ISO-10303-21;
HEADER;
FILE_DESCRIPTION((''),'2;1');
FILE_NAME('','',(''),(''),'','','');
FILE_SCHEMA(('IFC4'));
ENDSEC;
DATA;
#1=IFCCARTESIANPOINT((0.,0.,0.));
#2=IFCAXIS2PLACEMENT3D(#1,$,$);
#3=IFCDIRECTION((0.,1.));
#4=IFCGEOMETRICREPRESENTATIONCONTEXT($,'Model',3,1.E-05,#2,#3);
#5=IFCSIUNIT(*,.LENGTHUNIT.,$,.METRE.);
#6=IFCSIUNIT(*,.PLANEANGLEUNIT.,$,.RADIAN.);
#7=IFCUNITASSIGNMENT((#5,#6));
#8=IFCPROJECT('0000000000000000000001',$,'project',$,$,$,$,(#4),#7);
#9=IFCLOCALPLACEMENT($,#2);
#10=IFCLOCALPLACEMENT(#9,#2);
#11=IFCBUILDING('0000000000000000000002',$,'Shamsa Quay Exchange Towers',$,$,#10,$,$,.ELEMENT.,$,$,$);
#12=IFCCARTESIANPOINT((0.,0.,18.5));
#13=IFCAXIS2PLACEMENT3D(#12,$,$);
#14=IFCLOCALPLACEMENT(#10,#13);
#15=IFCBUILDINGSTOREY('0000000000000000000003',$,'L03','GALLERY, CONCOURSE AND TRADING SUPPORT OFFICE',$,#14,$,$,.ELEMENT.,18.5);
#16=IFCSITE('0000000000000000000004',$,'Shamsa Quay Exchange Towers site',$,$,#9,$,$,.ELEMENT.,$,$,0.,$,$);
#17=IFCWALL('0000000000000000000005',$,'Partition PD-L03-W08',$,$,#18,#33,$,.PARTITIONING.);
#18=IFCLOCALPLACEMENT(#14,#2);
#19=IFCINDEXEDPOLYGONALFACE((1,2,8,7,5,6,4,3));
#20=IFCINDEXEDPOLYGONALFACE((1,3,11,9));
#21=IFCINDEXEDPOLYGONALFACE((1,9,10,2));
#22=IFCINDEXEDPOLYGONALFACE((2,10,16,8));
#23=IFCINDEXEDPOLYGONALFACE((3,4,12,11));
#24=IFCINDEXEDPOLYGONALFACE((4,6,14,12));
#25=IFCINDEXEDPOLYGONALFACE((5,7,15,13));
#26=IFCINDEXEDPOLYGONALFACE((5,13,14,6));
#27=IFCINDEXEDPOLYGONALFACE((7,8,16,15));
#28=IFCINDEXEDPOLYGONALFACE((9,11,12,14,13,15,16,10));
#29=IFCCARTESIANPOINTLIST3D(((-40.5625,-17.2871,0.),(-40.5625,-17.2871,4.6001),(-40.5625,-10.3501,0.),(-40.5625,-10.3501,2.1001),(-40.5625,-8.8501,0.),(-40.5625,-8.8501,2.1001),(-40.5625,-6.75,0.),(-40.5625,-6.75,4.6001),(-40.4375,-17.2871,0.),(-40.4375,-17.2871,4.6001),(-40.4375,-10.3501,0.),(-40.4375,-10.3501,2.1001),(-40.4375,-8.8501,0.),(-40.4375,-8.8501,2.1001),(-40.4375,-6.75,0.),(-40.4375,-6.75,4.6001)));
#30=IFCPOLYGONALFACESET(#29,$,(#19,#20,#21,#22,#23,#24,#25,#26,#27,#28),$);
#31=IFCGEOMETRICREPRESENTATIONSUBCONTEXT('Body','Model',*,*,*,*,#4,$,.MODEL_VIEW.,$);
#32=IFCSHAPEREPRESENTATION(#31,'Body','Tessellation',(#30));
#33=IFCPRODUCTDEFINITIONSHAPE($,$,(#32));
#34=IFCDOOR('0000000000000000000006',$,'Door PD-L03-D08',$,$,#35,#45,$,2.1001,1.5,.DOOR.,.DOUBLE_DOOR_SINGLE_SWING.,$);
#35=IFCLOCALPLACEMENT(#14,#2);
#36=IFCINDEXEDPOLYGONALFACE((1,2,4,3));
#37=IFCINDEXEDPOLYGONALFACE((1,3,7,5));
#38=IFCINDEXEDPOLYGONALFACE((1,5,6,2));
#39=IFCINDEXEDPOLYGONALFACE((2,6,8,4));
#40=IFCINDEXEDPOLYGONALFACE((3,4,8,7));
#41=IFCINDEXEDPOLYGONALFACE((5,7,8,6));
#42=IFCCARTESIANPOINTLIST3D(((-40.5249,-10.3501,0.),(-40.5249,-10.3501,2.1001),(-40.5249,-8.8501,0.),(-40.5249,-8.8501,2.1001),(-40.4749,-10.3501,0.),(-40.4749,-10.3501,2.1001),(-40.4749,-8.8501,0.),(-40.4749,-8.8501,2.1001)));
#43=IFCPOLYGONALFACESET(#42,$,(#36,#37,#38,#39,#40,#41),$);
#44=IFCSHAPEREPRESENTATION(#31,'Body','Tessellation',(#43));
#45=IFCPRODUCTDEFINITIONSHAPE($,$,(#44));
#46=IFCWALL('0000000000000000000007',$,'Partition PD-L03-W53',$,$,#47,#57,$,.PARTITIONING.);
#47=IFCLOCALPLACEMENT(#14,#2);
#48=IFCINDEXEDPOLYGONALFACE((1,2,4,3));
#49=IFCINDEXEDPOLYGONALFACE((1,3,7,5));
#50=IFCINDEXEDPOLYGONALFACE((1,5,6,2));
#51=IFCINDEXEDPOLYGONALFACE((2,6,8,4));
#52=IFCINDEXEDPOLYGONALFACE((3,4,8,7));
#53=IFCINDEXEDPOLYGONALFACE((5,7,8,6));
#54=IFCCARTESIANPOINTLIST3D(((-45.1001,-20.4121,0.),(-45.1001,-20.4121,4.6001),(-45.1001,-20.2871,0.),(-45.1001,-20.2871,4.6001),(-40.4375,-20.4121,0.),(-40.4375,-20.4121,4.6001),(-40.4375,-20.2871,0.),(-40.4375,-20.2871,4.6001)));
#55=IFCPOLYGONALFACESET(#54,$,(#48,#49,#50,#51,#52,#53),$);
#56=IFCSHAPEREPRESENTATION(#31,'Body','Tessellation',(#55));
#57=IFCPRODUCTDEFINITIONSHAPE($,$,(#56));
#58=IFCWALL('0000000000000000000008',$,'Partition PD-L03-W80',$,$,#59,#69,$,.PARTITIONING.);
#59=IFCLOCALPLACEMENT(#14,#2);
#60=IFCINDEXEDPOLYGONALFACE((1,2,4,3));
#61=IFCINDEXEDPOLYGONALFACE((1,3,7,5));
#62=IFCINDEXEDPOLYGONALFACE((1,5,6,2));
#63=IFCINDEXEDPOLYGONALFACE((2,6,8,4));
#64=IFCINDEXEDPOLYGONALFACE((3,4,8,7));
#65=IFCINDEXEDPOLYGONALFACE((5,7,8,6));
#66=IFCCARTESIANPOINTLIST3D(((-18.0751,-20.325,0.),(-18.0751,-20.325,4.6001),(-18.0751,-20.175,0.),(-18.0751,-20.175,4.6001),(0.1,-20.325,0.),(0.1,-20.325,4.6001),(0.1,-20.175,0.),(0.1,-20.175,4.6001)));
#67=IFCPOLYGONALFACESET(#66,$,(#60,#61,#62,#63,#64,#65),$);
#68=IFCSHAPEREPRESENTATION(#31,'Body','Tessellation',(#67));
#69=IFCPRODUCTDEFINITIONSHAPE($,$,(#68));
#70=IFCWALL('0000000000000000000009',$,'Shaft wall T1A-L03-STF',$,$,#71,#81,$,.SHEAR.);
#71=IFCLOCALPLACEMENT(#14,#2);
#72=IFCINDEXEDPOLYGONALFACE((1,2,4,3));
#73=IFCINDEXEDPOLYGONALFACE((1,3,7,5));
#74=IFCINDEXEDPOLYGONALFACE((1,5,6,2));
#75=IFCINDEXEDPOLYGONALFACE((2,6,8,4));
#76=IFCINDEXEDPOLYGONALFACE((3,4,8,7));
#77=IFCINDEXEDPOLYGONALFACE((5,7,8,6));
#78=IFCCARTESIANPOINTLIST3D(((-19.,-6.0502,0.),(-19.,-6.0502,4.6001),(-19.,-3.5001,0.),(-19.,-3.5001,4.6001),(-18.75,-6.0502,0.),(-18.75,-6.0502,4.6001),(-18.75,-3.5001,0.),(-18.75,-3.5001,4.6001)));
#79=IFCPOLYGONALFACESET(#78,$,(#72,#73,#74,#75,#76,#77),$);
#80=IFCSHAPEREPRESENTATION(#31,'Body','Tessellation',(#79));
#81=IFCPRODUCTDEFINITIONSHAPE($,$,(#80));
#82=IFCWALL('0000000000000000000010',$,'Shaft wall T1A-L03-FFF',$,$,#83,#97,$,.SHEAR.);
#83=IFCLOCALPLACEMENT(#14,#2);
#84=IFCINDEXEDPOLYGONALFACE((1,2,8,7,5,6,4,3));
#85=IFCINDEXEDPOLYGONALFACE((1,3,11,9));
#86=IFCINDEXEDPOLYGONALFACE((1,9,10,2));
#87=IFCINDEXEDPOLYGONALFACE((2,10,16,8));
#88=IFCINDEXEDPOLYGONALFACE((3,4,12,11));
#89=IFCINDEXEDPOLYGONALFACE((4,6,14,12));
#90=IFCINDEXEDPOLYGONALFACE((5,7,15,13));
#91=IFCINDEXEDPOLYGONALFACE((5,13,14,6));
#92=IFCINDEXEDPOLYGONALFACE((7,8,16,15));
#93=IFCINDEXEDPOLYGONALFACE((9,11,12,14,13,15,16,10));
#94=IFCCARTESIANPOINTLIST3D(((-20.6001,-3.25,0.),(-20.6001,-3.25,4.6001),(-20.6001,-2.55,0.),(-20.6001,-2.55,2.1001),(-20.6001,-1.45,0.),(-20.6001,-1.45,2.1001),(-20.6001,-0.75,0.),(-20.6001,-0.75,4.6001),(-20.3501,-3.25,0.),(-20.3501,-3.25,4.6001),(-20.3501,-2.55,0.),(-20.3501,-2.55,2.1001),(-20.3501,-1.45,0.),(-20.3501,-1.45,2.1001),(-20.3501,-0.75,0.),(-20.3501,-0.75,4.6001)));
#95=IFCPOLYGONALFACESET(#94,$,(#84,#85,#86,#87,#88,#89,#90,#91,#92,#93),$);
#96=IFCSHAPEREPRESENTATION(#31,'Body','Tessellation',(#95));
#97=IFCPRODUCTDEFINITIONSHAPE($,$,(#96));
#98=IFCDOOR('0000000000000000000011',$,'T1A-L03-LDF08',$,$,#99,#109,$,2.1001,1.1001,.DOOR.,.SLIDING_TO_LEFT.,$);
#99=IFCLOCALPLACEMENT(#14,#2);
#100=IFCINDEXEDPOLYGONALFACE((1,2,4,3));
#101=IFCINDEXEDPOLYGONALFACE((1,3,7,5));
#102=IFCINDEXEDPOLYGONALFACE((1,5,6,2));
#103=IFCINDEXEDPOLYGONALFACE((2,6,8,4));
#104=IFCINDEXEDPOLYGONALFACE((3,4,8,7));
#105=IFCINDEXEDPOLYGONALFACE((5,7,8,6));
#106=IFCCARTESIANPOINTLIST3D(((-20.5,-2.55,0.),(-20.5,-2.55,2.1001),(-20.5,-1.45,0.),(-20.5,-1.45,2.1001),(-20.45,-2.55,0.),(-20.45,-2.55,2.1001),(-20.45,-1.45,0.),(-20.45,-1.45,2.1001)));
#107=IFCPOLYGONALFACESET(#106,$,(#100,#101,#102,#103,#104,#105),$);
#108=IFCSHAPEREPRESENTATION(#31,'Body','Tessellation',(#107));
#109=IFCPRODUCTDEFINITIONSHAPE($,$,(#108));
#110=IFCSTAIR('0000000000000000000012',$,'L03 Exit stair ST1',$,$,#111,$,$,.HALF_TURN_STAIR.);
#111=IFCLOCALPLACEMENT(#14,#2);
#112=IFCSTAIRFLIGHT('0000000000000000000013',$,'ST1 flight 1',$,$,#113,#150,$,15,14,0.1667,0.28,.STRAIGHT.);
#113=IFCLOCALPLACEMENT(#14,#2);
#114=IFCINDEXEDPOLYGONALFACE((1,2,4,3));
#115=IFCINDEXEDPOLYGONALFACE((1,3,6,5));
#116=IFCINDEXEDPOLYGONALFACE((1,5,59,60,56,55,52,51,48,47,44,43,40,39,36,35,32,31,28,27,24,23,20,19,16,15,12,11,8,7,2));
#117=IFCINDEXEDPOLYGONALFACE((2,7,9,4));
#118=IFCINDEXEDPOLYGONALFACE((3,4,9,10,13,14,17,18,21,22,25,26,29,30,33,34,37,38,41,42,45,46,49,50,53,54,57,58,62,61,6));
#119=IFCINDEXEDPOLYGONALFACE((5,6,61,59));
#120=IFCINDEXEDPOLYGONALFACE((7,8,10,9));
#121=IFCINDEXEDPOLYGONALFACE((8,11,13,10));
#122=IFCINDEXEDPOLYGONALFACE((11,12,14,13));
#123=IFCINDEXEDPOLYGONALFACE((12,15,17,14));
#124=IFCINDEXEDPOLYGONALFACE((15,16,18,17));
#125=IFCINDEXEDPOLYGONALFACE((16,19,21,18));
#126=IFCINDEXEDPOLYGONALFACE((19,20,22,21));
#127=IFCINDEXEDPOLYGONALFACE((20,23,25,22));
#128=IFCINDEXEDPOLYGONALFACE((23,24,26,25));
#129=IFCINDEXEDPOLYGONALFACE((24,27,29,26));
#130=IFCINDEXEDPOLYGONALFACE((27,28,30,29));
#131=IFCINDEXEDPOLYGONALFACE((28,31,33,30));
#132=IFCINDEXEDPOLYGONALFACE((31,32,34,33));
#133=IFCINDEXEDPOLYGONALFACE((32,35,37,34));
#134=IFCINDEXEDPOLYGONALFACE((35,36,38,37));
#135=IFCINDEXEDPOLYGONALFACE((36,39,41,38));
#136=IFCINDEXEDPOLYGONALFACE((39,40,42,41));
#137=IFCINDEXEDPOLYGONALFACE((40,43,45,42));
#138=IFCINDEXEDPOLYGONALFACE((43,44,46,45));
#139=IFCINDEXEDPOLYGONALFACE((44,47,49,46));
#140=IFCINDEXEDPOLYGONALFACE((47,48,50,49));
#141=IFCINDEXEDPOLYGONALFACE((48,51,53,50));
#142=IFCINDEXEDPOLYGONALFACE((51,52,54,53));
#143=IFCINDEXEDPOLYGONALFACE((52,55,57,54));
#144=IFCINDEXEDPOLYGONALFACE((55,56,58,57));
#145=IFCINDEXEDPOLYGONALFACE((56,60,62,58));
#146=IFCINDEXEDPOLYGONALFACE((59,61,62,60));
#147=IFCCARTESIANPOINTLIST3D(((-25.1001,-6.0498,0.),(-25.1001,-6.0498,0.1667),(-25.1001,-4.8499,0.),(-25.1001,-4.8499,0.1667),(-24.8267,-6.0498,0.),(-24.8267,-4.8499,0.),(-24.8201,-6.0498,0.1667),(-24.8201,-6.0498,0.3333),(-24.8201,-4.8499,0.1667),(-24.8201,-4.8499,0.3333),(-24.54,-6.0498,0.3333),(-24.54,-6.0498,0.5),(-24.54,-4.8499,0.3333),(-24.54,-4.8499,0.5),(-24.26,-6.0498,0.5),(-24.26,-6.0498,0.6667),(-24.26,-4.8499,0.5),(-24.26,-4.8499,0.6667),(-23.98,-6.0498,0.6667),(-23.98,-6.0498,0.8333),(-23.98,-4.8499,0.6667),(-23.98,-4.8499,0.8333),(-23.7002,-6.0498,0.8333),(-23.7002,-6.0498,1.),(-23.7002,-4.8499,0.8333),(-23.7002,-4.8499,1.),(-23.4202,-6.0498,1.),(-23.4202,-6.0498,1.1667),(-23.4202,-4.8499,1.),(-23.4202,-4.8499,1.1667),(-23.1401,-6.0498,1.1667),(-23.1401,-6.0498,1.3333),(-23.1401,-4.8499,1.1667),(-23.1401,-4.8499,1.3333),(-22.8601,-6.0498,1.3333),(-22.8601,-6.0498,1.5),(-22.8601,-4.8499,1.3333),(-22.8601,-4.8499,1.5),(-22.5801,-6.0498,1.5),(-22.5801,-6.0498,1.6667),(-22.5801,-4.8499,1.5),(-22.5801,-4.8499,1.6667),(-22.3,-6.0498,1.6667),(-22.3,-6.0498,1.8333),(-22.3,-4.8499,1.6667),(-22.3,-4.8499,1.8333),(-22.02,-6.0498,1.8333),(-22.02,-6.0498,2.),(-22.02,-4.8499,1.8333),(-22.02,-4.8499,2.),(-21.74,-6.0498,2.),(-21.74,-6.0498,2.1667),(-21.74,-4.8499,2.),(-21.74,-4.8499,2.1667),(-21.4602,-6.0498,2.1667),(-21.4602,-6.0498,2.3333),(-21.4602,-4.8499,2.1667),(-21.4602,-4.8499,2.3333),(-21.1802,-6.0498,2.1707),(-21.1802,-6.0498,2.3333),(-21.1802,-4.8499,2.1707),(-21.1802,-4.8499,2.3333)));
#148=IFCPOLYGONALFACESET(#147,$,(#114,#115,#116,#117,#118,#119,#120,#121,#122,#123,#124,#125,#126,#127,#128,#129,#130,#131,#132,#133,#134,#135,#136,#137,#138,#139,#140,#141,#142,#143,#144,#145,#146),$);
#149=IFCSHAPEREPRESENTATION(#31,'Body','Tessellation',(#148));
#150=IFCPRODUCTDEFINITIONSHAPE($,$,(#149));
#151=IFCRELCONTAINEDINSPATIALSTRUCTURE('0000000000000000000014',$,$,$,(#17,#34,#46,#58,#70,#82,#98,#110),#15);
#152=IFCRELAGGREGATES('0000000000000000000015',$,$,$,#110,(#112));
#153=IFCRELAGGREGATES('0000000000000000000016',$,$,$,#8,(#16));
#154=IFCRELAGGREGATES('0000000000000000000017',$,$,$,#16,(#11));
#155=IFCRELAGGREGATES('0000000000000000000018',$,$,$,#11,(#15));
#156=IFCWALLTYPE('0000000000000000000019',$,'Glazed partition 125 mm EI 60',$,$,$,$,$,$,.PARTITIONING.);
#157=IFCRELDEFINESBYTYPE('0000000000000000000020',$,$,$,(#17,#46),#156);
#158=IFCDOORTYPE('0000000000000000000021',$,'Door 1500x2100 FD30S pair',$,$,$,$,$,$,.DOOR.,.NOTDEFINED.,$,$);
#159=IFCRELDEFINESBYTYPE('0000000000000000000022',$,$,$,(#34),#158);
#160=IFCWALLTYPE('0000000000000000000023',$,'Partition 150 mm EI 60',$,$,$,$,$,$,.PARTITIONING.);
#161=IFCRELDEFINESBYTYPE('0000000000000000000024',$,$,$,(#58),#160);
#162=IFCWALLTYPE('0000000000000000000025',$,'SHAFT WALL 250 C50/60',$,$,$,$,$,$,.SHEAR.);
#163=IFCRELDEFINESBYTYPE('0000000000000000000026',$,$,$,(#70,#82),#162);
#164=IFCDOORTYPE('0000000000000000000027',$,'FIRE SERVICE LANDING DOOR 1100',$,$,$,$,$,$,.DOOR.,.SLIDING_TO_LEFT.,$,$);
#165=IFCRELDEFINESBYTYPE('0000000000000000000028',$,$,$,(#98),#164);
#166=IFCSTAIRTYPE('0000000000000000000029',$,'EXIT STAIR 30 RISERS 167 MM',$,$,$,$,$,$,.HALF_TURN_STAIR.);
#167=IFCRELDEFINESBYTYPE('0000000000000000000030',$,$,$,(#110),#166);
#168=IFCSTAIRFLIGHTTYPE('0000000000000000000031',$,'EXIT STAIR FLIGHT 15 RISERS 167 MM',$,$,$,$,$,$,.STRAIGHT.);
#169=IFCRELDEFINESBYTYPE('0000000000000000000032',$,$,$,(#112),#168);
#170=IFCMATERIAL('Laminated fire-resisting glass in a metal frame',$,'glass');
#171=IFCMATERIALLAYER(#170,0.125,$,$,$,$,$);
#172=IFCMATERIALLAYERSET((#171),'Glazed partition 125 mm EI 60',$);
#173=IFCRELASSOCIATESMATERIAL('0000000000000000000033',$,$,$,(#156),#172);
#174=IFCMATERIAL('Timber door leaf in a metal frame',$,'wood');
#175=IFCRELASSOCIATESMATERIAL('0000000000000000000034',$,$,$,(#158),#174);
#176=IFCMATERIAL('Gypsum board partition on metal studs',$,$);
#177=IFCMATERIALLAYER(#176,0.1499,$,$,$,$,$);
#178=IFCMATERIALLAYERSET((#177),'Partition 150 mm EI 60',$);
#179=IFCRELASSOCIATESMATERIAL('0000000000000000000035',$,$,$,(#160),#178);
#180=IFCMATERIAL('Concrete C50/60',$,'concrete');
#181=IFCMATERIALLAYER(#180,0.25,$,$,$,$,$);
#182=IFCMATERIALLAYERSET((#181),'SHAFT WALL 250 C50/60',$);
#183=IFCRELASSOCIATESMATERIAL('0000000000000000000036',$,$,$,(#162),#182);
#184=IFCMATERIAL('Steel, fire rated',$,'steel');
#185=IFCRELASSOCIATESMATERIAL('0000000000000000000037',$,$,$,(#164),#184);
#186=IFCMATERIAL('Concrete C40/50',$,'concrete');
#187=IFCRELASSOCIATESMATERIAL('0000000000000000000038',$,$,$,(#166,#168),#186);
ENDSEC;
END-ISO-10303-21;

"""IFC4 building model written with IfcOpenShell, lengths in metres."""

from ifc_helpers import new_model, si_unit, direction, frame, frame_2d, origin, place, context, subcontext, project, spatial, polyline, rectangle, outline, extrude, material, layer, layer_set, type_object, element, fill, aggregate, save


model = new_model("IFC4")

# Units and contexts
model_context = context("Model", 3, precision=1e-05, world=origin(), true_north=direction((0.0, 1.0)))
body_context = subcontext(model_context, "Body", "Model", "MODEL_VIEW")
ifc_project = project(units=[si_unit("LENGTHUNIT", "METRE"), si_unit("PLANEANGLEUNIT", "RADIAN")], contexts=[model_context])

# Site, building, storey
site_placement = place(None, origin())
site = spatial("IfcSite", under=ifc_project, at=site_placement, Name="Shamsa Quay Exchange Towers site", CompositionType="ELEMENT", RefElevation=0.0)
building_placement = place(site_placement, origin())
building = spatial("IfcBuilding", under=site, at=building_placement, Name="Shamsa Quay Exchange Towers", CompositionType="ELEMENT")
storey_placement = place(building_placement, frame((0.0, 0.0, 18.5)))
storey = spatial("IfcBuildingStorey", under=building, at=storey_placement, Name="L03", Description="GALLERY, CONCOURSE AND TRADING SUPPORT OFFICE", CompositionType="ELEMENT", Elevation=18.5)

# Shared definitions
ifc_material_1 = material(Name="Laminated fire-resisting glass in a metal frame", Category="glass")
ifc_layer_1 = layer(ifc_material_1, 0.125)
ifc_layer_set_1 = layer_set([ifc_layer_1], Name="Glazed partition 125 mm EI 60")
wall_type_1 = type_object("IfcWallType", Name="Glazed partition 125 mm EI 60", PredefinedType="PARTITIONING", material=ifc_layer_set_1)
ifc_material_2 = material(Name="Timber door leaf in a metal frame", Category="wood")
door_type_1 = type_object("IfcDoorType", Name="Door 1500x2100 FD30S pair", OperationType="NOTDEFINED", PredefinedType="DOOR", material=ifc_material_2)

# Wall, opening, door
wall_1_placement = place(storey_placement, frame((-40.5, -17.2871, 0.0), z_axis=(0.0, 0.0, 1.0), x_axis=(0.0, 1.0, 0.0)))
wall_1 = element("IfcWall", 1, at=wall_1_placement, inside=storey, type_object=wall_type_1, Name="Partition PD-L03-W08", PredefinedType="PARTITIONING", context=body_context, shape_type="SweptSolid", body=[
    extrude(rectangle(XDim=10.5371, YDim=0.125, at=frame_2d((5.2686, 0.0))), origin(), (0.0, 0.0, 1.0), 4.6001),
])
opening_1_placement = place(wall_1_placement, frame((6.937, 0.0, 0.0)))
opening_1 = element("IfcOpeningElement", 2, at=opening_1_placement, cuts=wall_1, PredefinedType="OPENING", context=body_context, shape_type="SweptSolid", body=[
    extrude(rectangle(XDim=1.5, YDim=2.1001, at=frame_2d((0.75, 1.05))), frame((0.0, 0.0725, 0.0), z_axis=(0.0, -1.0, 0.0), x_axis=(1.0, 0.0, 0.0)), (0.0, 0.0, 1.0), 0.145),
])
door_1_placement = place(opening_1_placement, origin())
door_1 = element("IfcDoor", 3, at=door_1_placement, inside=storey, type_object=door_type_1, Name="Door PD-L03-D08", OperationType="DOUBLE_DOOR_SINGLE_SWING", OverallHeight=2.1001, OverallWidth=1.5, PredefinedType="DOOR", context=body_context, shape_type="SweptSolid", body=[
    extrude(rectangle(XDim=1.5, YDim=2.1001, at=frame_2d((0.75, 1.05))), frame((0.0, 0.0249, 0.0), z_axis=(0.0, -1.0, 0.0), x_axis=(1.0, 0.0, 0.0)), (0.0, 0.0, 1.0), 0.05),
])
fill(opening_1, door_1)

# Walls
wall_2_placement = place(storey_placement, frame((-40.4375, -20.3496, 0.0), z_axis=(0.0, 0.0, 1.0), x_axis=(-1.0, 0.0, 0.0)))
element("IfcWall", 4, at=wall_2_placement, inside=storey, type_object=wall_type_1, Name="Partition PD-L03-W53", PredefinedType="PARTITIONING", context=body_context, shape_type="SweptSolid", body=[
    extrude(rectangle(XDim=4.6626, YDim=0.125, at=frame_2d((2.3313, 0.0))), origin(), (0.0, 0.0, 1.0), 4.6001),
])
ifc_material_3 = material(Name="Gypsum board partition on metal studs")
ifc_layer_2 = layer(ifc_material_3, 0.1499)
ifc_layer_set_2 = layer_set([ifc_layer_2], Name="Partition 150 mm EI 60")
wall_type_2 = type_object("IfcWallType", Name="Partition 150 mm EI 60", PredefinedType="PARTITIONING", material=ifc_layer_set_2)
wall_3_placement = place(storey_placement, frame((-18.075, -20.25, 0.0)))
element("IfcWall", 5, at=wall_3_placement, inside=storey, type_object=wall_type_2, Name="Partition PD-L03-W80", PredefinedType="PARTITIONING", context=body_context, shape_type="SweptSolid", body=[
    extrude(rectangle(XDim=18.175, YDim=0.1499, at=frame_2d((9.0874, 0.0))), origin(), (0.0, 0.0, 1.0), 4.6001),
])
ifc_material_4 = material(Name="Concrete C50/60", Category="concrete")
ifc_layer_3 = layer(ifc_material_4, 0.25)
ifc_layer_set_3 = layer_set([ifc_layer_3], Name="SHAFT WALL 250 C50/60")
wall_type_3 = type_object("IfcWallType", Name="SHAFT WALL 250 C50/60", PredefinedType="SHEAR", material=ifc_layer_set_3)
wall_4_placement = place(storey_placement, frame((-18.875, -6.05, 0.0), z_axis=(0.0, 0.0, 1.0), x_axis=(0.0, 1.0, 0.0)))
element("IfcWall", 6, at=wall_4_placement, inside=storey, type_object=wall_type_3, Name="Shaft wall T1A-L03-STF", PredefinedType="SHEAR", context=body_context, shape_type="SweptSolid", body=[
    extrude(rectangle(XDim=2.55, YDim=0.25, at=frame_2d((1.2749, 0.0))), origin(), (0.0, 0.0, 1.0), 4.6001),
])

# Wall, opening, door
wall_5_placement = place(storey_placement, frame((-20.4751, -3.25, 0.0), z_axis=(0.0, 0.0, 1.0), x_axis=(0.0, 1.0, 0.0)))
wall_5 = element("IfcWall", 7, at=wall_5_placement, inside=storey, type_object=wall_type_3, Name="Shaft wall T1A-L03-FFF", PredefinedType="SHEAR", context=body_context, shape_type="SweptSolid", body=[
    extrude(rectangle(XDim=2.5, YDim=0.25, at=frame_2d((1.25, 0.0))), origin(), (0.0, 0.0, 1.0), 4.6001),
])
opening_2_placement = place(wall_5_placement, frame((0.7, 0.0, 0.0)))
opening_2 = element("IfcOpeningElement", 8, at=opening_2_placement, cuts=wall_5, PredefinedType="OPENING", context=body_context, shape_type="SweptSolid", body=[
    extrude(rectangle(XDim=1.1001, YDim=2.1001, at=frame_2d((0.55, 1.05))), frame((0.0, 0.135, 0.0), z_axis=(0.0, -1.0, 0.0), x_axis=(1.0, 0.0, 0.0)), (0.0, 0.0, 1.0), 0.27),
])
ifc_material_5 = material(Name="Steel, fire rated", Category="steel")
door_type_2 = type_object("IfcDoorType", Name="FIRE SERVICE LANDING DOOR 1100", OperationType="SLIDING_TO_LEFT", PredefinedType="DOOR", material=ifc_material_5)
door_2_placement = place(opening_2_placement, origin())
door_2 = element("IfcDoor", 9, at=door_2_placement, inside=storey, type_object=door_type_2, Name="T1A-L03-LDF08", OperationType="SLIDING_TO_LEFT", OverallHeight=2.1001, OverallWidth=1.1001, PredefinedType="DOOR", context=body_context, shape_type="SweptSolid", body=[
    extrude(rectangle(XDim=1.1001, YDim=2.1001, at=frame_2d((0.55, 1.05))), frame((0.0, 0.0249, 0.0), z_axis=(0.0, -1.0, 0.0), x_axis=(1.0, 0.0, 0.0)), (0.0, 0.0, 1.0), 0.05),
])
fill(opening_2, door_2)

# Stair, stair flight
ifc_material_6 = material(Name="Concrete C40/50", Category="concrete")
stair_type = type_object("IfcStairType", Name="EXIT STAIR 30 RISERS 167 MM", PredefinedType="HALF_TURN_STAIR", material=ifc_material_6)
stair_placement = place(storey_placement, origin())
stair = element("IfcStair", 10, at=stair_placement, inside=storey, type_object=stair_type, Name="L03 Exit stair ST1", PredefinedType="HALF_TURN_STAIR")
stair_flight_type = type_object("IfcStairFlightType", Name="EXIT STAIR FLIGHT 15 RISERS 167 MM", PredefinedType="STRAIGHT", material=ifc_material_6)
stair_flight_1_placement = place(storey_placement, frame((-25.1001, -5.45, 0.0)))
stair_flight_1 = element("IfcStairFlight", 11, at=stair_flight_1_placement, type_object=stair_flight_type, Name="ST1 flight 1", NumberOfRisers=15, NumberOfTreads=14, PredefinedType="STRAIGHT", RiserHeight=0.1667, TreadLength=0.28, context=body_context, shape_type="SweptSolid", body=[
    extrude(outline(polyline([(0.0, 0.0), (0.0, 0.1667), (0.28, 0.1667), (0.28, 0.3333), (0.5601, 0.3333), (0.5601, 0.5), (0.8401, 0.5), (0.8401, 0.6667), (1.1201, 0.6667), (1.1201, 0.8333), (1.3999, 0.8333), (1.3999, 1.0), (1.6799, 1.0), (1.6799, 1.1667), (1.96, 1.1667), (1.96, 1.3333), (2.24, 1.3333), (2.24, 1.5), (2.52, 1.5), (2.52, 1.6667), (2.8, 1.6667), (2.8, 1.8333), (3.0801, 1.8333), (3.0801, 2.0), (3.3601, 2.0), (3.3601, 2.1667), (3.6399, 2.1667), (3.6399, 2.3333), (3.9199, 2.3333), (3.9199, 2.5), (3.9199, 2.1707), (0.2734, 0.0), (0.0, 0.0)])), frame((0.0, 0.6001, 0.0), z_axis=(0.0, -1.0, 0.0), x_axis=(1.0, 0.0, 0.0)), (0.0, 0.0, 1.0), 1.2),
])
aggregate(stair, [stair_flight_1])

save(model, "model.ifc")
